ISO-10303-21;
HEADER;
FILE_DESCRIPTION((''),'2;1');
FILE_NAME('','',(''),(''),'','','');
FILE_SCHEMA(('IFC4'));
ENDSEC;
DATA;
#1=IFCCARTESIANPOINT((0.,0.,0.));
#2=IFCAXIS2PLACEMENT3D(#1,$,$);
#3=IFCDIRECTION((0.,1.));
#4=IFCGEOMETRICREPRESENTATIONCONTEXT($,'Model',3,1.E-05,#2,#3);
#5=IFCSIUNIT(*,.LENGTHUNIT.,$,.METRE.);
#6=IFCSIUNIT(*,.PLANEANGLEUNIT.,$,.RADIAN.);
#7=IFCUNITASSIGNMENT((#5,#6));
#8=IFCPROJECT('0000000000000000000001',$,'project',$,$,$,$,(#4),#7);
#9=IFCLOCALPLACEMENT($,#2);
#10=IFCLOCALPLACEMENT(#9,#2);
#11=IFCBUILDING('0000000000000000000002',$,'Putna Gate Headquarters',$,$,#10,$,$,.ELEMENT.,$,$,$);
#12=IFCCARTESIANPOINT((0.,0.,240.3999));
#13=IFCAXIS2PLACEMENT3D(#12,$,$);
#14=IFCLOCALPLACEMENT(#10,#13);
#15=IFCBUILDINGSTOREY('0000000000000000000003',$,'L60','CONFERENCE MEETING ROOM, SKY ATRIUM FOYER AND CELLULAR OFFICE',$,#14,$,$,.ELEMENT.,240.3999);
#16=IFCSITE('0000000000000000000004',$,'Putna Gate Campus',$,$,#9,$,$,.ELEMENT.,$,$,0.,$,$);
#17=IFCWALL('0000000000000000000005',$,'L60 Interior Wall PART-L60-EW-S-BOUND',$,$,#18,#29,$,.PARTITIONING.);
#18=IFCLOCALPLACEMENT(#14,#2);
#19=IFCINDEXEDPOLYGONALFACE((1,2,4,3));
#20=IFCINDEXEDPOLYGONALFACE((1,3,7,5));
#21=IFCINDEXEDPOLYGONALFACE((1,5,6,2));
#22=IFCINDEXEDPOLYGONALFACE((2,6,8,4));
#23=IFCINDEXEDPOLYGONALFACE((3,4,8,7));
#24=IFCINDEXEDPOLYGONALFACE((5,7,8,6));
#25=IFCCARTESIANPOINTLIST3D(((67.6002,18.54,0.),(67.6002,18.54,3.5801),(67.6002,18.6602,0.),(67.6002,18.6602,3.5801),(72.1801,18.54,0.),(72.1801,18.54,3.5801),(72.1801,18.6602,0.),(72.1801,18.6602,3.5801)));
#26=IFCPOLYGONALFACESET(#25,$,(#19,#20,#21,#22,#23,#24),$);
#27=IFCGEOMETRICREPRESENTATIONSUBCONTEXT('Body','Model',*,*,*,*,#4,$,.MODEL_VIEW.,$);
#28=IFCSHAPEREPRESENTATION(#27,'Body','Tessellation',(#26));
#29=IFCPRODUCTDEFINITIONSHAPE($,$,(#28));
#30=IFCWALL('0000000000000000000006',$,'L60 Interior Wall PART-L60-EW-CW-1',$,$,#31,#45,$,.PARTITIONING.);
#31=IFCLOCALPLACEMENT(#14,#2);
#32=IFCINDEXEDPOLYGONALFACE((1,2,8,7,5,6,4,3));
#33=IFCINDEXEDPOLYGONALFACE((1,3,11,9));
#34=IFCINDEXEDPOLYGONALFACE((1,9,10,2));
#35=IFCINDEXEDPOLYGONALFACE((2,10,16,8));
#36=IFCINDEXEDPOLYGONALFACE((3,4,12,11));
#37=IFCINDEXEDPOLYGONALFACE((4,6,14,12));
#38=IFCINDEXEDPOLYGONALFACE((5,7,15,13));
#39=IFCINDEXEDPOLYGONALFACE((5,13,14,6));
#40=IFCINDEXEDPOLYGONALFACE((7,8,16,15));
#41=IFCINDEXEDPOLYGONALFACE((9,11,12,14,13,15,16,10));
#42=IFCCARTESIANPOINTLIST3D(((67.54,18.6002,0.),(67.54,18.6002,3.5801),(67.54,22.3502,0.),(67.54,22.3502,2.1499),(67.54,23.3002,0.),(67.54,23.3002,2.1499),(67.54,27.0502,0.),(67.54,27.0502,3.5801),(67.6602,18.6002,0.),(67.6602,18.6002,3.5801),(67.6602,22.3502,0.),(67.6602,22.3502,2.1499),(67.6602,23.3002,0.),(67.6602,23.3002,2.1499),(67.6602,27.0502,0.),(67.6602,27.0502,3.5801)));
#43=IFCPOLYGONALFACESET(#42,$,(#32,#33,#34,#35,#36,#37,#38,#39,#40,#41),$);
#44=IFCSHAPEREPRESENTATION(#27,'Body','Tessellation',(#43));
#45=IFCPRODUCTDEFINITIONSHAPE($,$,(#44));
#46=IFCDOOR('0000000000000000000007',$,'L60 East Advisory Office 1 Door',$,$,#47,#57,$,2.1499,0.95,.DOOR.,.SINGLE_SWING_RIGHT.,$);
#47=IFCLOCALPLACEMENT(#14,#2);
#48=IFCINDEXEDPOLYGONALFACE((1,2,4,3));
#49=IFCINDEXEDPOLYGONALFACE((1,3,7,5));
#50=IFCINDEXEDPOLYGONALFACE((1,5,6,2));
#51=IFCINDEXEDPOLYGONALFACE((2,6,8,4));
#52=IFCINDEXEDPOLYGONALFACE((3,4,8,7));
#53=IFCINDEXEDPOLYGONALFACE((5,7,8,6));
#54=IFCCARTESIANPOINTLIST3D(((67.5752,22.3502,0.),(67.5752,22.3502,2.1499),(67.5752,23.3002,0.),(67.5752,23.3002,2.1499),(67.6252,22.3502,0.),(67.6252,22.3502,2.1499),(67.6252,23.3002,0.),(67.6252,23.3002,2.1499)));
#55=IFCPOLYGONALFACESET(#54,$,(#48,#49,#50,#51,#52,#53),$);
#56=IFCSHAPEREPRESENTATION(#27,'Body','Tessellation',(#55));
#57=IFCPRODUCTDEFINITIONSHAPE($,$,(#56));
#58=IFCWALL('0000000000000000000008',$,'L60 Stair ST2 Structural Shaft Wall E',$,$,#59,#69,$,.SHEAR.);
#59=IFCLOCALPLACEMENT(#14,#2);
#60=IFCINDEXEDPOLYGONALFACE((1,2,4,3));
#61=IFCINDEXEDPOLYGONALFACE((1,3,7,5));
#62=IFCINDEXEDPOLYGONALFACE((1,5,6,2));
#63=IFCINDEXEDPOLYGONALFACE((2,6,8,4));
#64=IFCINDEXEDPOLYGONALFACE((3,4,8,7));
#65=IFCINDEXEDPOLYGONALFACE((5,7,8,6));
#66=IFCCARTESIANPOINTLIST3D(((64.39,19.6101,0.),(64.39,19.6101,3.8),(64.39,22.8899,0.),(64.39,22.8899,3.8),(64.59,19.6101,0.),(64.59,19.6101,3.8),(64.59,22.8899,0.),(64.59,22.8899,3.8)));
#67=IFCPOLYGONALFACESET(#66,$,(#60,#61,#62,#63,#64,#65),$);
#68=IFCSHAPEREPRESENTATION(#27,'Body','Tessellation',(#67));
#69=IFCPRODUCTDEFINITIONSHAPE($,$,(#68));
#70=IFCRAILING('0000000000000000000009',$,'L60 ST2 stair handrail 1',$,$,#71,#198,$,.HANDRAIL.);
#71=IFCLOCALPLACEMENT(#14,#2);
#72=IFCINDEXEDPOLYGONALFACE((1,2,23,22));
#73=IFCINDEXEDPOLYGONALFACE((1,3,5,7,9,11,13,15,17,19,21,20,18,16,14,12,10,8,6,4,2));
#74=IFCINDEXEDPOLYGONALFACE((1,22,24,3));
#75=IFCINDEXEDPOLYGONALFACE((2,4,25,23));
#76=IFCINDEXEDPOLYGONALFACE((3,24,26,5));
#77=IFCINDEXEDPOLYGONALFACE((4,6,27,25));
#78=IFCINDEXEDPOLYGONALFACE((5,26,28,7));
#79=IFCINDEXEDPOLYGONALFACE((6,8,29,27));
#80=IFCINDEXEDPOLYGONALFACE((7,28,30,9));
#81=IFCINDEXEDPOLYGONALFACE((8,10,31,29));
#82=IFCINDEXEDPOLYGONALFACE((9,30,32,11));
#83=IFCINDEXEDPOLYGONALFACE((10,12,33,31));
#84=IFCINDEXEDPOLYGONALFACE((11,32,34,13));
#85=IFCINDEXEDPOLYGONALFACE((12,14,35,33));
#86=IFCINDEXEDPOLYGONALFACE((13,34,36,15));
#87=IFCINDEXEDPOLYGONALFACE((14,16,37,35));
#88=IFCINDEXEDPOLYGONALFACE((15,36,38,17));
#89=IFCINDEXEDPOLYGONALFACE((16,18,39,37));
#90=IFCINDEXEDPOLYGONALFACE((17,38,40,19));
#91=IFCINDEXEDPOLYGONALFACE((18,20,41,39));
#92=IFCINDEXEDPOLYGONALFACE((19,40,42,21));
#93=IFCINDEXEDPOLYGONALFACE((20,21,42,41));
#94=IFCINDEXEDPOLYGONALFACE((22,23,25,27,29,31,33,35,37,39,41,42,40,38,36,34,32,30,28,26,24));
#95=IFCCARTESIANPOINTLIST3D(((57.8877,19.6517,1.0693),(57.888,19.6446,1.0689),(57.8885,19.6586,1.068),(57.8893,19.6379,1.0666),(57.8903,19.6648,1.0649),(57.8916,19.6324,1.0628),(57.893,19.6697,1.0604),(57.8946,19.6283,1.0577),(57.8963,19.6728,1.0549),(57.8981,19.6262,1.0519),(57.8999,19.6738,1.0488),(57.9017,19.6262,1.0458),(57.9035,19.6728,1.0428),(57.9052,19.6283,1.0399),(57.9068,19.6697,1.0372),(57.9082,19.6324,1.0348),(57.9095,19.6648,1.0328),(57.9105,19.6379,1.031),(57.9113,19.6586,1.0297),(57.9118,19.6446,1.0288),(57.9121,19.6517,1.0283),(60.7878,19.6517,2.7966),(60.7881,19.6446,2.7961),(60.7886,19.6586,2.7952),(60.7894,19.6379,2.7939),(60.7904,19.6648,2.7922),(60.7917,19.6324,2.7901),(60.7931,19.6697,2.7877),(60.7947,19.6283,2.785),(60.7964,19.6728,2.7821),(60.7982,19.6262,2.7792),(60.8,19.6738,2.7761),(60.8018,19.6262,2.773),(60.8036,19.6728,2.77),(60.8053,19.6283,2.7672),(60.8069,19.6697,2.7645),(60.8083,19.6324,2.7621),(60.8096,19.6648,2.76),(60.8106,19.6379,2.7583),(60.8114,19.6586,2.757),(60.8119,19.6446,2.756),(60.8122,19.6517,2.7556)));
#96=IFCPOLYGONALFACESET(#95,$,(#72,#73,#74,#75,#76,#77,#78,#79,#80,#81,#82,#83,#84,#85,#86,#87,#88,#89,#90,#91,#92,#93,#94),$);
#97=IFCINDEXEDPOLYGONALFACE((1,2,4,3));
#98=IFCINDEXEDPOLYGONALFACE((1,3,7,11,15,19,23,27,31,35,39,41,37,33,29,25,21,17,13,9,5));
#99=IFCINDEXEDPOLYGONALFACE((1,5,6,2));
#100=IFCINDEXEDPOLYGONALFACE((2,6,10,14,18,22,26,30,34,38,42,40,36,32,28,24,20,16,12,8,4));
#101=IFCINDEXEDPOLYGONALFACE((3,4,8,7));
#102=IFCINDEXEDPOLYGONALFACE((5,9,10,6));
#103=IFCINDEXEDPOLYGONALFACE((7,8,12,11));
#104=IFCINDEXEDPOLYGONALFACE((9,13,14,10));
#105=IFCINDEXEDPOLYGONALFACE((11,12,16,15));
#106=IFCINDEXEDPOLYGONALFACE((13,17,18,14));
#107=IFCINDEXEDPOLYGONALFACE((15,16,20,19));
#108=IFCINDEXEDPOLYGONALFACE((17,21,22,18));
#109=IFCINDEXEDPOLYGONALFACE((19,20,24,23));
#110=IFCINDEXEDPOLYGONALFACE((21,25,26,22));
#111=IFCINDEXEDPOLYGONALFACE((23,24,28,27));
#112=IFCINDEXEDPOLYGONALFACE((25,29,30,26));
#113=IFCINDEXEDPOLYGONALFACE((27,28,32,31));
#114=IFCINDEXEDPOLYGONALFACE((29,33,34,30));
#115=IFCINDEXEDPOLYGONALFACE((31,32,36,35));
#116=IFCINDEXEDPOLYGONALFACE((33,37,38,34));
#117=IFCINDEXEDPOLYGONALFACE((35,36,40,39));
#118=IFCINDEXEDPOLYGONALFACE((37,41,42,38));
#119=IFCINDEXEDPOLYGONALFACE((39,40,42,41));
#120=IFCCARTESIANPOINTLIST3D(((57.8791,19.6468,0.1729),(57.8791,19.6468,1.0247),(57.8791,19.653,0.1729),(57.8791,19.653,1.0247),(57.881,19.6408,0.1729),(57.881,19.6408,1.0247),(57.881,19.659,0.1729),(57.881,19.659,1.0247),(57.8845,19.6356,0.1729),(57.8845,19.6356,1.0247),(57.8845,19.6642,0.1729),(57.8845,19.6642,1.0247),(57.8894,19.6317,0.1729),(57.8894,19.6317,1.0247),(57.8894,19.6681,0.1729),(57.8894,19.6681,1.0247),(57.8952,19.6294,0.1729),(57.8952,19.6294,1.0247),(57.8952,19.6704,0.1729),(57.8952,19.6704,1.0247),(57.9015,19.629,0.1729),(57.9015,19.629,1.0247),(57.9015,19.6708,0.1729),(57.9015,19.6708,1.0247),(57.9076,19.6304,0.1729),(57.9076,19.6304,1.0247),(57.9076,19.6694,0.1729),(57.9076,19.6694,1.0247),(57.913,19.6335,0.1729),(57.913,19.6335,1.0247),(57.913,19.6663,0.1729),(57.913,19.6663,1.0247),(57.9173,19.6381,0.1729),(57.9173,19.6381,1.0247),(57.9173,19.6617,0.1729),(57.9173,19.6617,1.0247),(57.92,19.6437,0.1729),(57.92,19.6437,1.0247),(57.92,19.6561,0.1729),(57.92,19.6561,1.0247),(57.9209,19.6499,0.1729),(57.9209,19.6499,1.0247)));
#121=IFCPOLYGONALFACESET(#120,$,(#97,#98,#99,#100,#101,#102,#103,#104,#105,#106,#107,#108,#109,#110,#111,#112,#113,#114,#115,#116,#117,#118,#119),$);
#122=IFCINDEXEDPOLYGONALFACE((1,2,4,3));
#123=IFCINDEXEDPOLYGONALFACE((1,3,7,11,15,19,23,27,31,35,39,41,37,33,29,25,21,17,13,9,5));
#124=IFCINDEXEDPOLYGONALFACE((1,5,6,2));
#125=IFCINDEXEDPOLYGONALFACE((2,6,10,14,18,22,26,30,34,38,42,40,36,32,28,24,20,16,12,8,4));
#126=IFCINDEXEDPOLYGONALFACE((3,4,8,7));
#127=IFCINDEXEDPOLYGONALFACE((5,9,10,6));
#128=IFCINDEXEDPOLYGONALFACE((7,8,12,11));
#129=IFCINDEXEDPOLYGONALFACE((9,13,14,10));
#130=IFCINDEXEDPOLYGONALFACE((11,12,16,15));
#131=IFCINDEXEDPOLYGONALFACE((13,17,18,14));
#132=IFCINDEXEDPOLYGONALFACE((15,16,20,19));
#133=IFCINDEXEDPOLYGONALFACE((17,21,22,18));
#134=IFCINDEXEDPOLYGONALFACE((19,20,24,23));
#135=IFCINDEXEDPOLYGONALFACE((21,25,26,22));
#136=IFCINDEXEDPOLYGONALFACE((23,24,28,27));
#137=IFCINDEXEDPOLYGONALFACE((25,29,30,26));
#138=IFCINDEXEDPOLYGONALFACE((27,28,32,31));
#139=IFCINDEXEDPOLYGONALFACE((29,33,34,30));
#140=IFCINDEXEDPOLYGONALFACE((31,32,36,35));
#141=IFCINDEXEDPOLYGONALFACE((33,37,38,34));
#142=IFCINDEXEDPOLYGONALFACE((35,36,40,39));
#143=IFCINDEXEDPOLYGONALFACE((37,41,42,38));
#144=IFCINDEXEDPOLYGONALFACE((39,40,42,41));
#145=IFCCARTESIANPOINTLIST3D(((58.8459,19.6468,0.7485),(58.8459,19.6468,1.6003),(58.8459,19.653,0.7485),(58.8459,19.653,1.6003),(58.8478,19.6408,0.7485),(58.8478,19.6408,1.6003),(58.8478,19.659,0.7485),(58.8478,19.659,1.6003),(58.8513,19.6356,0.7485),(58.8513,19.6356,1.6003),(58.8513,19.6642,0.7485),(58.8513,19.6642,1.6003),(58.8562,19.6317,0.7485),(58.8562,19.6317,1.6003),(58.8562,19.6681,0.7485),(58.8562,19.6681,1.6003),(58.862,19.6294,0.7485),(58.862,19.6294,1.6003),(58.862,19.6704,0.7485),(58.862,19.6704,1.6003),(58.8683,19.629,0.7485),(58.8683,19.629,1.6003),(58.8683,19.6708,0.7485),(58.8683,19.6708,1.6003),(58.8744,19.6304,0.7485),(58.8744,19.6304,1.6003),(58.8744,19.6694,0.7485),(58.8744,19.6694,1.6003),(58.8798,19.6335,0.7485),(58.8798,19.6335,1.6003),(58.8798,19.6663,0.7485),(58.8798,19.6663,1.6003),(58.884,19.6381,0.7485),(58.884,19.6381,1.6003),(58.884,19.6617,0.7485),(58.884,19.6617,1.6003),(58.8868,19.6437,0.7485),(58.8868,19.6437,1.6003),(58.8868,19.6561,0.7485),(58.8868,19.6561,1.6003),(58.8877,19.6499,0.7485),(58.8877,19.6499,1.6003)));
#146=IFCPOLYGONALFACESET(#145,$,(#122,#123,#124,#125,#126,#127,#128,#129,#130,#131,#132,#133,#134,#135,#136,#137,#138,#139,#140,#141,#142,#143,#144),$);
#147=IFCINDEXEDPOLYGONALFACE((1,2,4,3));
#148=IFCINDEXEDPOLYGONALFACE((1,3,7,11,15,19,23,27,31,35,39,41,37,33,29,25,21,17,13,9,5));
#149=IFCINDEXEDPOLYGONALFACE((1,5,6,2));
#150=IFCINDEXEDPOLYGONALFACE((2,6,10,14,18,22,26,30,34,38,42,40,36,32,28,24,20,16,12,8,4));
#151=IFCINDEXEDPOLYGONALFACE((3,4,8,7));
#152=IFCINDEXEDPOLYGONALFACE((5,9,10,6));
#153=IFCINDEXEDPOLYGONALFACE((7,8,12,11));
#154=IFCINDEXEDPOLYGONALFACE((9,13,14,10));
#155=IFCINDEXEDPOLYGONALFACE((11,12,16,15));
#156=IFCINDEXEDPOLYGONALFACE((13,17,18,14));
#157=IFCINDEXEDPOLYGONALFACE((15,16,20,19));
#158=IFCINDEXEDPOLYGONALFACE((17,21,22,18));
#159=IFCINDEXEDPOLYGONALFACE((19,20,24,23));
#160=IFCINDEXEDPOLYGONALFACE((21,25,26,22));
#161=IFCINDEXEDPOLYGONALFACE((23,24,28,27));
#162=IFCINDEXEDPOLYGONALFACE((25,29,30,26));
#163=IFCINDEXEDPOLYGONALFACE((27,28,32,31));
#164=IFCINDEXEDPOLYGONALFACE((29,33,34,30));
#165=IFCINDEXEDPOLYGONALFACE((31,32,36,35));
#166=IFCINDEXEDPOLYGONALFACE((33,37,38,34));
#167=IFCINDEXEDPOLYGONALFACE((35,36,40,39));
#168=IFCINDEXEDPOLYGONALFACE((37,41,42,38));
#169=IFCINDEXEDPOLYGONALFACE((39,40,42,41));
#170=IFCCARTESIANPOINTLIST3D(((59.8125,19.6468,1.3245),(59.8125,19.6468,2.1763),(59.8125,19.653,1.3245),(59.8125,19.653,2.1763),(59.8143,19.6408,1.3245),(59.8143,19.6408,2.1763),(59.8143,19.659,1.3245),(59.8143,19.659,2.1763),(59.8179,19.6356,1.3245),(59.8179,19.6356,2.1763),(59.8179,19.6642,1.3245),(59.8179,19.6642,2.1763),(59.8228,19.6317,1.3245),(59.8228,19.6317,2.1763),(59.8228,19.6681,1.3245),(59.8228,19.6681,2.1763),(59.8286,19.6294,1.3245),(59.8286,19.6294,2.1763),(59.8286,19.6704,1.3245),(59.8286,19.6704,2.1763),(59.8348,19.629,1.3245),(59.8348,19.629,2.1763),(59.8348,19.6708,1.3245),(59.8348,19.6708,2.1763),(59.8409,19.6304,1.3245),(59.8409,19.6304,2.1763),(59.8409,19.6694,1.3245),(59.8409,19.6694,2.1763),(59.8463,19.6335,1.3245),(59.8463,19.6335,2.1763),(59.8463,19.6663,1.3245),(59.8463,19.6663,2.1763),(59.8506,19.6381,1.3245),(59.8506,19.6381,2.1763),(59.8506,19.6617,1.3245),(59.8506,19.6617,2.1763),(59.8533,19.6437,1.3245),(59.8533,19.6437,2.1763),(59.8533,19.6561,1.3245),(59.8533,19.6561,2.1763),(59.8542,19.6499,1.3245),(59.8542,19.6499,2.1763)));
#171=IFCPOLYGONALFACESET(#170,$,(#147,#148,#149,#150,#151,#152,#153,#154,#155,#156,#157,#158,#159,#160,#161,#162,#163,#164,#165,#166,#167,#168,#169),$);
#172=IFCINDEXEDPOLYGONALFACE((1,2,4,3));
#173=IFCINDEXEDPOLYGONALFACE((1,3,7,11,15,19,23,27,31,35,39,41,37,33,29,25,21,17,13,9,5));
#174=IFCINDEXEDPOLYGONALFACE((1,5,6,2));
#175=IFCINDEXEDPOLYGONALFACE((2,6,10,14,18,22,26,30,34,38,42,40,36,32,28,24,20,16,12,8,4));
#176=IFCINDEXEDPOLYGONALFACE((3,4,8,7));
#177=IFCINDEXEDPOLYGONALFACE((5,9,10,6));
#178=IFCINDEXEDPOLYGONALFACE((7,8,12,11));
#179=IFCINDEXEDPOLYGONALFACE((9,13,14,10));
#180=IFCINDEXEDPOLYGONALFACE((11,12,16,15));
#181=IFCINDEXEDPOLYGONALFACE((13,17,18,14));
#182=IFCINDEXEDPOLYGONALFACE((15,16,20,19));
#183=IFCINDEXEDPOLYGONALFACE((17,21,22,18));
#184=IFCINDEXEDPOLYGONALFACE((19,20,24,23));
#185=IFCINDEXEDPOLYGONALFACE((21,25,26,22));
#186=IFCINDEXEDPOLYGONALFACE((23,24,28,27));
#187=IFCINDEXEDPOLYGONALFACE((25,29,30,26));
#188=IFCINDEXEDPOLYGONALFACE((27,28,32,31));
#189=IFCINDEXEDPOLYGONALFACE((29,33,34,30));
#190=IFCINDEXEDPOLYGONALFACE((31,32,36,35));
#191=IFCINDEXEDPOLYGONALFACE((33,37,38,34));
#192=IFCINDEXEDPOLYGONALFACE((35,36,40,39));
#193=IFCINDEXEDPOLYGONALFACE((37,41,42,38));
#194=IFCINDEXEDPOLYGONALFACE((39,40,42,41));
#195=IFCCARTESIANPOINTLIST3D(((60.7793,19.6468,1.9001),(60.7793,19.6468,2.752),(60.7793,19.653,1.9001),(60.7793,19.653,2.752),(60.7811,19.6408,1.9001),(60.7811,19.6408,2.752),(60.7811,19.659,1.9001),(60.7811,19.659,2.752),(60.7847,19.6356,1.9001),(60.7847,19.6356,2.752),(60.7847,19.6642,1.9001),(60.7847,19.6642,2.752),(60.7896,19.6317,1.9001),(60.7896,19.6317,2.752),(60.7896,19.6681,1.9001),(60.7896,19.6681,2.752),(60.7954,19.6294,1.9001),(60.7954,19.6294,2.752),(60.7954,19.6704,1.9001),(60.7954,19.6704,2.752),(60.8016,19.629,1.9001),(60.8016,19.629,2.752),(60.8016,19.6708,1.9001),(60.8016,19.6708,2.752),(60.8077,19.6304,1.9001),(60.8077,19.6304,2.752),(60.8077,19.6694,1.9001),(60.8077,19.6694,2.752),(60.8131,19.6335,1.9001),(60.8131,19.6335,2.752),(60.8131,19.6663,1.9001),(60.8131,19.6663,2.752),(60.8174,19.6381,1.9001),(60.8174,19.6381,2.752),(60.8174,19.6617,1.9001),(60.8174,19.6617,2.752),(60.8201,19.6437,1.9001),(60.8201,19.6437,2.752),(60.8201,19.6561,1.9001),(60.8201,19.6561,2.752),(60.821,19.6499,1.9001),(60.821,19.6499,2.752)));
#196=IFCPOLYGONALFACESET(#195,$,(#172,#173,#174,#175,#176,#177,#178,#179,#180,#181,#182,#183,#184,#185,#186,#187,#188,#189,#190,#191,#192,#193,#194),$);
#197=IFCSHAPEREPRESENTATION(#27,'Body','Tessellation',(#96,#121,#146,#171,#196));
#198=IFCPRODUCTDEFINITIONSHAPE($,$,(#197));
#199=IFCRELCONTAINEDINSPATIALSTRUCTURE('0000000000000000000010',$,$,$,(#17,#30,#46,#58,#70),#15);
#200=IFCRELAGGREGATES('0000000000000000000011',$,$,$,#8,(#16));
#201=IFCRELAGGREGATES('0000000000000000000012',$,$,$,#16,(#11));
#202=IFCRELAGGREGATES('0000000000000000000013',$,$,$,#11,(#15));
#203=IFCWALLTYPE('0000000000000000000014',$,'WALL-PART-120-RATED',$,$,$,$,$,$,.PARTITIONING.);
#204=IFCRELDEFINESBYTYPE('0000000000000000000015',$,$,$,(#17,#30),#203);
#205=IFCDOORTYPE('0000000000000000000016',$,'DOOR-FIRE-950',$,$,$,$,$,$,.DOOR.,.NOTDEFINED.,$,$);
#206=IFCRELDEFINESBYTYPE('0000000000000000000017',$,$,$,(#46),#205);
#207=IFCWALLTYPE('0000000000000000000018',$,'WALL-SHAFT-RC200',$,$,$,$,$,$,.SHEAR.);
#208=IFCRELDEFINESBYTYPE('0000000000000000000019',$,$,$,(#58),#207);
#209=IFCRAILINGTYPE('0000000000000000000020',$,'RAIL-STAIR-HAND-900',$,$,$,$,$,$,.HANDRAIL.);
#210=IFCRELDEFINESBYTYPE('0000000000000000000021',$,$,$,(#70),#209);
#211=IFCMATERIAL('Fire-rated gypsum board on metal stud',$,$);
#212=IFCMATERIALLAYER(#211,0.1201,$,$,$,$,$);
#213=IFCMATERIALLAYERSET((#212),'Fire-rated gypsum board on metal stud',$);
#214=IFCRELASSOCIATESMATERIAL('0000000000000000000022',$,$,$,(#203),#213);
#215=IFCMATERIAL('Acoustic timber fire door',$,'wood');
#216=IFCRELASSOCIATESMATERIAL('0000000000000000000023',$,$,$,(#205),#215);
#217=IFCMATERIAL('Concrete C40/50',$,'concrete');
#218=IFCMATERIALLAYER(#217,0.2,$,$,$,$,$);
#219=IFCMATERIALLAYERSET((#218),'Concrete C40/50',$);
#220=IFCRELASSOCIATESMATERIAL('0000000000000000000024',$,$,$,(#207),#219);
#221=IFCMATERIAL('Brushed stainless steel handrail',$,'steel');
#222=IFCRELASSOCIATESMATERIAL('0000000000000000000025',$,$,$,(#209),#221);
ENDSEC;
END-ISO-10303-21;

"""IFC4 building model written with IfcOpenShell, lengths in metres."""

from ifc_helpers import new_model, si_unit, direction, frame, frame_2d, origin, origin_2d, place, context, subcontext, project, spatial, rectangle, circle, extrude, material, layer, layer_set, type_object, element, fill, save


model = new_model("IFC4")

# Units and contexts
model_context = context("Model", 3, precision=1e-05, world=origin(), true_north=direction((0.0, 1.0)))
body_context = subcontext(model_context, "Body", "Model", "MODEL_VIEW")
ifc_project = project(units=[si_unit("LENGTHUNIT", "METRE"), si_unit("PLANEANGLEUNIT", "RADIAN")], contexts=[model_context])

# Site, building, storey
site_placement = place(None, origin())
site = spatial("IfcSite", under=ifc_project, at=site_placement, Name="Putna Gate Campus", CompositionType="ELEMENT", RefElevation=0.0)
building_placement = place(site_placement, origin())
building = spatial("IfcBuilding", under=site, at=building_placement, Name="Putna Gate Headquarters", CompositionType="ELEMENT")
storey_placement = place(building_placement, frame((0.0, 0.0, 240.3999)))
storey = spatial("IfcBuildingStorey", under=building, at=storey_placement, Name="L60", Description="CONFERENCE MEETING ROOM, SKY ATRIUM FOYER AND CELLULAR OFFICE", CompositionType="ELEMENT", Elevation=240.3999)

# Shared definitions
ifc_material_1 = material(Name="Fire-rated gypsum board on metal stud")
ifc_layer_1 = layer(ifc_material_1, 0.1201)
ifc_layer_set_1 = layer_set([ifc_layer_1], Name="Fire-rated gypsum board on metal stud")
wall_type_1 = type_object("IfcWallType", Name="WALL-PART-120-RATED", PredefinedType="PARTITIONING", material=ifc_layer_set_1)

# Shared definitions
ifc_material_2 = material(Name="Acoustic timber fire door", Category="wood")
door_type_1 = type_object("IfcDoorType", Name="DOOR-FIRE-950", OperationType="NOTDEFINED", PredefinedType="DOOR", material=ifc_material_2)

# Wall
wall_1_placement = place(storey_placement, frame((67.6001, 18.6001, 0.0), z_axis=(0.0, 0.0, 1.0), x_axis=(1.0, 0.0, 0.0)))
element("IfcWall", 1, at=wall_1_placement, inside=storey, type_object=wall_type_1, Name="L60 Interior Wall PART-L60-EW-S-BOUND", PredefinedType="PARTITIONING", context=body_context, shape_type="SweptSolid", body=[
    extrude(rectangle(XDim=4.5798, YDim=0.1201, at=frame_2d((2.29, 0.0))), origin(), (0.0, 0.0, 1.0), 3.5801),
])

# Wall, opening, door
wall_2_placement = place(storey_placement, frame((67.6001, 18.6001, 0.0), z_axis=(0.0, 0.0, 1.0), x_axis=(0.0, 1.0, 0.0)))
wall_2 = element("IfcWall", 2, at=wall_2_placement, inside=storey, type_object=wall_type_1, Name="L60 Interior Wall PART-L60-EW-CW-1", PredefinedType="PARTITIONING", context=body_context, shape_type="SweptSolid", body=[
    extrude(rectangle(XDim=8.45, YDim=0.1201, at=frame_2d((4.2251, 0.0))), origin(), (0.0, 0.0, 1.0), 3.5801),
])
opening_1_placement = place(wall_2_placement, frame((3.75, 0.0, 0.0)))
opening_1 = element("IfcOpeningElement", 3, at=opening_1_placement, cuts=wall_2, PredefinedType="OPENING", context=body_context, shape_type="SweptSolid", body=[
    extrude(rectangle(XDim=0.95, YDim=2.1499, at=frame_2d((0.4751, 1.075))), frame((0.0, 0.0701, 0.0), z_axis=(0.0, -1.0, 0.0), x_axis=(1.0, 0.0, 0.0)), (0.0, 0.0, 1.0), 0.1401),
])
door_1_placement = place(opening_1_placement, origin())
door_1 = element("IfcDoor", 4, at=door_1_placement, inside=storey, type_object=door_type_1, Name="L60 East Advisory Office 1 Door", OperationType="SINGLE_SWING_RIGHT", OverallHeight=2.1499, OverallWidth=0.95, PredefinedType="DOOR", context=body_context, shape_type="SweptSolid", body=[
    extrude(rectangle(XDim=0.95, YDim=2.1499, at=frame_2d((0.4751, 1.075))), frame((0.0, 0.0249, 0.0), z_axis=(0.0, -1.0, 0.0), x_axis=(1.0, 0.0, 0.0)), (0.0, 0.0, 1.0), 0.05),
])
fill(opening_1, door_1)

# Wall
ifc_material_3 = material(Name="Concrete C40/50", Category="concrete")
ifc_layer_2 = layer(ifc_material_3, 0.2)
ifc_layer_set_2 = layer_set([ifc_layer_2], Name="Concrete C40/50")
wall_type_2 = type_object("IfcWallType", Name="WALL-SHAFT-RC200", PredefinedType="SHEAR", material=ifc_layer_set_2)
wall_3_placement = place(storey_placement, frame((64.49, 19.6101, 0.0), z_axis=(0.0, 0.0, 1.0), x_axis=(0.0, 1.0, 0.0)))
element("IfcWall", 5, at=wall_3_placement, inside=storey, type_object=wall_type_2, Name="L60 Stair ST2 Structural Shaft Wall E", PredefinedType="SHEAR", context=body_context, shape_type="SweptSolid", body=[
    extrude(rectangle(XDim=3.2798, YDim=0.2, at=frame_2d((1.6399, 0.0))), origin(), (0.0, 0.0, 1.0), 3.8),
])

# Railing
ifc_material_4 = material(Name="Brushed stainless steel handrail", Category="steel")
railing_type = type_object("IfcRailingType", Name="RAIL-STAIR-HAND-900", PredefinedType="HANDRAIL", material=ifc_material_4)
railing_placement = place(storey_placement, frame((57.8999, 19.6499, 0.1729)))
element("IfcRailing", 6, at=railing_placement, inside=storey, type_object=railing_type, Name="L60 ST2 stair handrail 1", PredefinedType="HANDRAIL", context=body_context, shape_type="SweptSolid", body=[
    extrude(circle(Radius=0.0239, at=origin_2d()), frame((0.0, 0.0, 0.876), z_axis=(0.85916, 0.0, 0.511706), x_axis=(0.0, 1.0, 0.0)), (0.0, 0.0, 1.0), 3.3755),
    extrude(circle(Radius=0.021, at=origin_2d()), origin(), (0.0, 0.0, 1.0), 0.8518),
    extrude(circle(Radius=0.021, at=origin_2d()), frame((0.9668, 0.0, 0.5757)), (0.0, 0.0, 1.0), 0.8518),
    extrude(circle(Radius=0.021, at=origin_2d()), frame((1.9333, 0.0, 1.1516)), (0.0, 0.0, 1.0), 0.8518),
    extrude(circle(Radius=0.021, at=origin_2d()), frame((2.9001, 0.0, 1.7273)), (0.0, 0.0, 1.0), 0.8518),
])

save(model, "model.ifc")
